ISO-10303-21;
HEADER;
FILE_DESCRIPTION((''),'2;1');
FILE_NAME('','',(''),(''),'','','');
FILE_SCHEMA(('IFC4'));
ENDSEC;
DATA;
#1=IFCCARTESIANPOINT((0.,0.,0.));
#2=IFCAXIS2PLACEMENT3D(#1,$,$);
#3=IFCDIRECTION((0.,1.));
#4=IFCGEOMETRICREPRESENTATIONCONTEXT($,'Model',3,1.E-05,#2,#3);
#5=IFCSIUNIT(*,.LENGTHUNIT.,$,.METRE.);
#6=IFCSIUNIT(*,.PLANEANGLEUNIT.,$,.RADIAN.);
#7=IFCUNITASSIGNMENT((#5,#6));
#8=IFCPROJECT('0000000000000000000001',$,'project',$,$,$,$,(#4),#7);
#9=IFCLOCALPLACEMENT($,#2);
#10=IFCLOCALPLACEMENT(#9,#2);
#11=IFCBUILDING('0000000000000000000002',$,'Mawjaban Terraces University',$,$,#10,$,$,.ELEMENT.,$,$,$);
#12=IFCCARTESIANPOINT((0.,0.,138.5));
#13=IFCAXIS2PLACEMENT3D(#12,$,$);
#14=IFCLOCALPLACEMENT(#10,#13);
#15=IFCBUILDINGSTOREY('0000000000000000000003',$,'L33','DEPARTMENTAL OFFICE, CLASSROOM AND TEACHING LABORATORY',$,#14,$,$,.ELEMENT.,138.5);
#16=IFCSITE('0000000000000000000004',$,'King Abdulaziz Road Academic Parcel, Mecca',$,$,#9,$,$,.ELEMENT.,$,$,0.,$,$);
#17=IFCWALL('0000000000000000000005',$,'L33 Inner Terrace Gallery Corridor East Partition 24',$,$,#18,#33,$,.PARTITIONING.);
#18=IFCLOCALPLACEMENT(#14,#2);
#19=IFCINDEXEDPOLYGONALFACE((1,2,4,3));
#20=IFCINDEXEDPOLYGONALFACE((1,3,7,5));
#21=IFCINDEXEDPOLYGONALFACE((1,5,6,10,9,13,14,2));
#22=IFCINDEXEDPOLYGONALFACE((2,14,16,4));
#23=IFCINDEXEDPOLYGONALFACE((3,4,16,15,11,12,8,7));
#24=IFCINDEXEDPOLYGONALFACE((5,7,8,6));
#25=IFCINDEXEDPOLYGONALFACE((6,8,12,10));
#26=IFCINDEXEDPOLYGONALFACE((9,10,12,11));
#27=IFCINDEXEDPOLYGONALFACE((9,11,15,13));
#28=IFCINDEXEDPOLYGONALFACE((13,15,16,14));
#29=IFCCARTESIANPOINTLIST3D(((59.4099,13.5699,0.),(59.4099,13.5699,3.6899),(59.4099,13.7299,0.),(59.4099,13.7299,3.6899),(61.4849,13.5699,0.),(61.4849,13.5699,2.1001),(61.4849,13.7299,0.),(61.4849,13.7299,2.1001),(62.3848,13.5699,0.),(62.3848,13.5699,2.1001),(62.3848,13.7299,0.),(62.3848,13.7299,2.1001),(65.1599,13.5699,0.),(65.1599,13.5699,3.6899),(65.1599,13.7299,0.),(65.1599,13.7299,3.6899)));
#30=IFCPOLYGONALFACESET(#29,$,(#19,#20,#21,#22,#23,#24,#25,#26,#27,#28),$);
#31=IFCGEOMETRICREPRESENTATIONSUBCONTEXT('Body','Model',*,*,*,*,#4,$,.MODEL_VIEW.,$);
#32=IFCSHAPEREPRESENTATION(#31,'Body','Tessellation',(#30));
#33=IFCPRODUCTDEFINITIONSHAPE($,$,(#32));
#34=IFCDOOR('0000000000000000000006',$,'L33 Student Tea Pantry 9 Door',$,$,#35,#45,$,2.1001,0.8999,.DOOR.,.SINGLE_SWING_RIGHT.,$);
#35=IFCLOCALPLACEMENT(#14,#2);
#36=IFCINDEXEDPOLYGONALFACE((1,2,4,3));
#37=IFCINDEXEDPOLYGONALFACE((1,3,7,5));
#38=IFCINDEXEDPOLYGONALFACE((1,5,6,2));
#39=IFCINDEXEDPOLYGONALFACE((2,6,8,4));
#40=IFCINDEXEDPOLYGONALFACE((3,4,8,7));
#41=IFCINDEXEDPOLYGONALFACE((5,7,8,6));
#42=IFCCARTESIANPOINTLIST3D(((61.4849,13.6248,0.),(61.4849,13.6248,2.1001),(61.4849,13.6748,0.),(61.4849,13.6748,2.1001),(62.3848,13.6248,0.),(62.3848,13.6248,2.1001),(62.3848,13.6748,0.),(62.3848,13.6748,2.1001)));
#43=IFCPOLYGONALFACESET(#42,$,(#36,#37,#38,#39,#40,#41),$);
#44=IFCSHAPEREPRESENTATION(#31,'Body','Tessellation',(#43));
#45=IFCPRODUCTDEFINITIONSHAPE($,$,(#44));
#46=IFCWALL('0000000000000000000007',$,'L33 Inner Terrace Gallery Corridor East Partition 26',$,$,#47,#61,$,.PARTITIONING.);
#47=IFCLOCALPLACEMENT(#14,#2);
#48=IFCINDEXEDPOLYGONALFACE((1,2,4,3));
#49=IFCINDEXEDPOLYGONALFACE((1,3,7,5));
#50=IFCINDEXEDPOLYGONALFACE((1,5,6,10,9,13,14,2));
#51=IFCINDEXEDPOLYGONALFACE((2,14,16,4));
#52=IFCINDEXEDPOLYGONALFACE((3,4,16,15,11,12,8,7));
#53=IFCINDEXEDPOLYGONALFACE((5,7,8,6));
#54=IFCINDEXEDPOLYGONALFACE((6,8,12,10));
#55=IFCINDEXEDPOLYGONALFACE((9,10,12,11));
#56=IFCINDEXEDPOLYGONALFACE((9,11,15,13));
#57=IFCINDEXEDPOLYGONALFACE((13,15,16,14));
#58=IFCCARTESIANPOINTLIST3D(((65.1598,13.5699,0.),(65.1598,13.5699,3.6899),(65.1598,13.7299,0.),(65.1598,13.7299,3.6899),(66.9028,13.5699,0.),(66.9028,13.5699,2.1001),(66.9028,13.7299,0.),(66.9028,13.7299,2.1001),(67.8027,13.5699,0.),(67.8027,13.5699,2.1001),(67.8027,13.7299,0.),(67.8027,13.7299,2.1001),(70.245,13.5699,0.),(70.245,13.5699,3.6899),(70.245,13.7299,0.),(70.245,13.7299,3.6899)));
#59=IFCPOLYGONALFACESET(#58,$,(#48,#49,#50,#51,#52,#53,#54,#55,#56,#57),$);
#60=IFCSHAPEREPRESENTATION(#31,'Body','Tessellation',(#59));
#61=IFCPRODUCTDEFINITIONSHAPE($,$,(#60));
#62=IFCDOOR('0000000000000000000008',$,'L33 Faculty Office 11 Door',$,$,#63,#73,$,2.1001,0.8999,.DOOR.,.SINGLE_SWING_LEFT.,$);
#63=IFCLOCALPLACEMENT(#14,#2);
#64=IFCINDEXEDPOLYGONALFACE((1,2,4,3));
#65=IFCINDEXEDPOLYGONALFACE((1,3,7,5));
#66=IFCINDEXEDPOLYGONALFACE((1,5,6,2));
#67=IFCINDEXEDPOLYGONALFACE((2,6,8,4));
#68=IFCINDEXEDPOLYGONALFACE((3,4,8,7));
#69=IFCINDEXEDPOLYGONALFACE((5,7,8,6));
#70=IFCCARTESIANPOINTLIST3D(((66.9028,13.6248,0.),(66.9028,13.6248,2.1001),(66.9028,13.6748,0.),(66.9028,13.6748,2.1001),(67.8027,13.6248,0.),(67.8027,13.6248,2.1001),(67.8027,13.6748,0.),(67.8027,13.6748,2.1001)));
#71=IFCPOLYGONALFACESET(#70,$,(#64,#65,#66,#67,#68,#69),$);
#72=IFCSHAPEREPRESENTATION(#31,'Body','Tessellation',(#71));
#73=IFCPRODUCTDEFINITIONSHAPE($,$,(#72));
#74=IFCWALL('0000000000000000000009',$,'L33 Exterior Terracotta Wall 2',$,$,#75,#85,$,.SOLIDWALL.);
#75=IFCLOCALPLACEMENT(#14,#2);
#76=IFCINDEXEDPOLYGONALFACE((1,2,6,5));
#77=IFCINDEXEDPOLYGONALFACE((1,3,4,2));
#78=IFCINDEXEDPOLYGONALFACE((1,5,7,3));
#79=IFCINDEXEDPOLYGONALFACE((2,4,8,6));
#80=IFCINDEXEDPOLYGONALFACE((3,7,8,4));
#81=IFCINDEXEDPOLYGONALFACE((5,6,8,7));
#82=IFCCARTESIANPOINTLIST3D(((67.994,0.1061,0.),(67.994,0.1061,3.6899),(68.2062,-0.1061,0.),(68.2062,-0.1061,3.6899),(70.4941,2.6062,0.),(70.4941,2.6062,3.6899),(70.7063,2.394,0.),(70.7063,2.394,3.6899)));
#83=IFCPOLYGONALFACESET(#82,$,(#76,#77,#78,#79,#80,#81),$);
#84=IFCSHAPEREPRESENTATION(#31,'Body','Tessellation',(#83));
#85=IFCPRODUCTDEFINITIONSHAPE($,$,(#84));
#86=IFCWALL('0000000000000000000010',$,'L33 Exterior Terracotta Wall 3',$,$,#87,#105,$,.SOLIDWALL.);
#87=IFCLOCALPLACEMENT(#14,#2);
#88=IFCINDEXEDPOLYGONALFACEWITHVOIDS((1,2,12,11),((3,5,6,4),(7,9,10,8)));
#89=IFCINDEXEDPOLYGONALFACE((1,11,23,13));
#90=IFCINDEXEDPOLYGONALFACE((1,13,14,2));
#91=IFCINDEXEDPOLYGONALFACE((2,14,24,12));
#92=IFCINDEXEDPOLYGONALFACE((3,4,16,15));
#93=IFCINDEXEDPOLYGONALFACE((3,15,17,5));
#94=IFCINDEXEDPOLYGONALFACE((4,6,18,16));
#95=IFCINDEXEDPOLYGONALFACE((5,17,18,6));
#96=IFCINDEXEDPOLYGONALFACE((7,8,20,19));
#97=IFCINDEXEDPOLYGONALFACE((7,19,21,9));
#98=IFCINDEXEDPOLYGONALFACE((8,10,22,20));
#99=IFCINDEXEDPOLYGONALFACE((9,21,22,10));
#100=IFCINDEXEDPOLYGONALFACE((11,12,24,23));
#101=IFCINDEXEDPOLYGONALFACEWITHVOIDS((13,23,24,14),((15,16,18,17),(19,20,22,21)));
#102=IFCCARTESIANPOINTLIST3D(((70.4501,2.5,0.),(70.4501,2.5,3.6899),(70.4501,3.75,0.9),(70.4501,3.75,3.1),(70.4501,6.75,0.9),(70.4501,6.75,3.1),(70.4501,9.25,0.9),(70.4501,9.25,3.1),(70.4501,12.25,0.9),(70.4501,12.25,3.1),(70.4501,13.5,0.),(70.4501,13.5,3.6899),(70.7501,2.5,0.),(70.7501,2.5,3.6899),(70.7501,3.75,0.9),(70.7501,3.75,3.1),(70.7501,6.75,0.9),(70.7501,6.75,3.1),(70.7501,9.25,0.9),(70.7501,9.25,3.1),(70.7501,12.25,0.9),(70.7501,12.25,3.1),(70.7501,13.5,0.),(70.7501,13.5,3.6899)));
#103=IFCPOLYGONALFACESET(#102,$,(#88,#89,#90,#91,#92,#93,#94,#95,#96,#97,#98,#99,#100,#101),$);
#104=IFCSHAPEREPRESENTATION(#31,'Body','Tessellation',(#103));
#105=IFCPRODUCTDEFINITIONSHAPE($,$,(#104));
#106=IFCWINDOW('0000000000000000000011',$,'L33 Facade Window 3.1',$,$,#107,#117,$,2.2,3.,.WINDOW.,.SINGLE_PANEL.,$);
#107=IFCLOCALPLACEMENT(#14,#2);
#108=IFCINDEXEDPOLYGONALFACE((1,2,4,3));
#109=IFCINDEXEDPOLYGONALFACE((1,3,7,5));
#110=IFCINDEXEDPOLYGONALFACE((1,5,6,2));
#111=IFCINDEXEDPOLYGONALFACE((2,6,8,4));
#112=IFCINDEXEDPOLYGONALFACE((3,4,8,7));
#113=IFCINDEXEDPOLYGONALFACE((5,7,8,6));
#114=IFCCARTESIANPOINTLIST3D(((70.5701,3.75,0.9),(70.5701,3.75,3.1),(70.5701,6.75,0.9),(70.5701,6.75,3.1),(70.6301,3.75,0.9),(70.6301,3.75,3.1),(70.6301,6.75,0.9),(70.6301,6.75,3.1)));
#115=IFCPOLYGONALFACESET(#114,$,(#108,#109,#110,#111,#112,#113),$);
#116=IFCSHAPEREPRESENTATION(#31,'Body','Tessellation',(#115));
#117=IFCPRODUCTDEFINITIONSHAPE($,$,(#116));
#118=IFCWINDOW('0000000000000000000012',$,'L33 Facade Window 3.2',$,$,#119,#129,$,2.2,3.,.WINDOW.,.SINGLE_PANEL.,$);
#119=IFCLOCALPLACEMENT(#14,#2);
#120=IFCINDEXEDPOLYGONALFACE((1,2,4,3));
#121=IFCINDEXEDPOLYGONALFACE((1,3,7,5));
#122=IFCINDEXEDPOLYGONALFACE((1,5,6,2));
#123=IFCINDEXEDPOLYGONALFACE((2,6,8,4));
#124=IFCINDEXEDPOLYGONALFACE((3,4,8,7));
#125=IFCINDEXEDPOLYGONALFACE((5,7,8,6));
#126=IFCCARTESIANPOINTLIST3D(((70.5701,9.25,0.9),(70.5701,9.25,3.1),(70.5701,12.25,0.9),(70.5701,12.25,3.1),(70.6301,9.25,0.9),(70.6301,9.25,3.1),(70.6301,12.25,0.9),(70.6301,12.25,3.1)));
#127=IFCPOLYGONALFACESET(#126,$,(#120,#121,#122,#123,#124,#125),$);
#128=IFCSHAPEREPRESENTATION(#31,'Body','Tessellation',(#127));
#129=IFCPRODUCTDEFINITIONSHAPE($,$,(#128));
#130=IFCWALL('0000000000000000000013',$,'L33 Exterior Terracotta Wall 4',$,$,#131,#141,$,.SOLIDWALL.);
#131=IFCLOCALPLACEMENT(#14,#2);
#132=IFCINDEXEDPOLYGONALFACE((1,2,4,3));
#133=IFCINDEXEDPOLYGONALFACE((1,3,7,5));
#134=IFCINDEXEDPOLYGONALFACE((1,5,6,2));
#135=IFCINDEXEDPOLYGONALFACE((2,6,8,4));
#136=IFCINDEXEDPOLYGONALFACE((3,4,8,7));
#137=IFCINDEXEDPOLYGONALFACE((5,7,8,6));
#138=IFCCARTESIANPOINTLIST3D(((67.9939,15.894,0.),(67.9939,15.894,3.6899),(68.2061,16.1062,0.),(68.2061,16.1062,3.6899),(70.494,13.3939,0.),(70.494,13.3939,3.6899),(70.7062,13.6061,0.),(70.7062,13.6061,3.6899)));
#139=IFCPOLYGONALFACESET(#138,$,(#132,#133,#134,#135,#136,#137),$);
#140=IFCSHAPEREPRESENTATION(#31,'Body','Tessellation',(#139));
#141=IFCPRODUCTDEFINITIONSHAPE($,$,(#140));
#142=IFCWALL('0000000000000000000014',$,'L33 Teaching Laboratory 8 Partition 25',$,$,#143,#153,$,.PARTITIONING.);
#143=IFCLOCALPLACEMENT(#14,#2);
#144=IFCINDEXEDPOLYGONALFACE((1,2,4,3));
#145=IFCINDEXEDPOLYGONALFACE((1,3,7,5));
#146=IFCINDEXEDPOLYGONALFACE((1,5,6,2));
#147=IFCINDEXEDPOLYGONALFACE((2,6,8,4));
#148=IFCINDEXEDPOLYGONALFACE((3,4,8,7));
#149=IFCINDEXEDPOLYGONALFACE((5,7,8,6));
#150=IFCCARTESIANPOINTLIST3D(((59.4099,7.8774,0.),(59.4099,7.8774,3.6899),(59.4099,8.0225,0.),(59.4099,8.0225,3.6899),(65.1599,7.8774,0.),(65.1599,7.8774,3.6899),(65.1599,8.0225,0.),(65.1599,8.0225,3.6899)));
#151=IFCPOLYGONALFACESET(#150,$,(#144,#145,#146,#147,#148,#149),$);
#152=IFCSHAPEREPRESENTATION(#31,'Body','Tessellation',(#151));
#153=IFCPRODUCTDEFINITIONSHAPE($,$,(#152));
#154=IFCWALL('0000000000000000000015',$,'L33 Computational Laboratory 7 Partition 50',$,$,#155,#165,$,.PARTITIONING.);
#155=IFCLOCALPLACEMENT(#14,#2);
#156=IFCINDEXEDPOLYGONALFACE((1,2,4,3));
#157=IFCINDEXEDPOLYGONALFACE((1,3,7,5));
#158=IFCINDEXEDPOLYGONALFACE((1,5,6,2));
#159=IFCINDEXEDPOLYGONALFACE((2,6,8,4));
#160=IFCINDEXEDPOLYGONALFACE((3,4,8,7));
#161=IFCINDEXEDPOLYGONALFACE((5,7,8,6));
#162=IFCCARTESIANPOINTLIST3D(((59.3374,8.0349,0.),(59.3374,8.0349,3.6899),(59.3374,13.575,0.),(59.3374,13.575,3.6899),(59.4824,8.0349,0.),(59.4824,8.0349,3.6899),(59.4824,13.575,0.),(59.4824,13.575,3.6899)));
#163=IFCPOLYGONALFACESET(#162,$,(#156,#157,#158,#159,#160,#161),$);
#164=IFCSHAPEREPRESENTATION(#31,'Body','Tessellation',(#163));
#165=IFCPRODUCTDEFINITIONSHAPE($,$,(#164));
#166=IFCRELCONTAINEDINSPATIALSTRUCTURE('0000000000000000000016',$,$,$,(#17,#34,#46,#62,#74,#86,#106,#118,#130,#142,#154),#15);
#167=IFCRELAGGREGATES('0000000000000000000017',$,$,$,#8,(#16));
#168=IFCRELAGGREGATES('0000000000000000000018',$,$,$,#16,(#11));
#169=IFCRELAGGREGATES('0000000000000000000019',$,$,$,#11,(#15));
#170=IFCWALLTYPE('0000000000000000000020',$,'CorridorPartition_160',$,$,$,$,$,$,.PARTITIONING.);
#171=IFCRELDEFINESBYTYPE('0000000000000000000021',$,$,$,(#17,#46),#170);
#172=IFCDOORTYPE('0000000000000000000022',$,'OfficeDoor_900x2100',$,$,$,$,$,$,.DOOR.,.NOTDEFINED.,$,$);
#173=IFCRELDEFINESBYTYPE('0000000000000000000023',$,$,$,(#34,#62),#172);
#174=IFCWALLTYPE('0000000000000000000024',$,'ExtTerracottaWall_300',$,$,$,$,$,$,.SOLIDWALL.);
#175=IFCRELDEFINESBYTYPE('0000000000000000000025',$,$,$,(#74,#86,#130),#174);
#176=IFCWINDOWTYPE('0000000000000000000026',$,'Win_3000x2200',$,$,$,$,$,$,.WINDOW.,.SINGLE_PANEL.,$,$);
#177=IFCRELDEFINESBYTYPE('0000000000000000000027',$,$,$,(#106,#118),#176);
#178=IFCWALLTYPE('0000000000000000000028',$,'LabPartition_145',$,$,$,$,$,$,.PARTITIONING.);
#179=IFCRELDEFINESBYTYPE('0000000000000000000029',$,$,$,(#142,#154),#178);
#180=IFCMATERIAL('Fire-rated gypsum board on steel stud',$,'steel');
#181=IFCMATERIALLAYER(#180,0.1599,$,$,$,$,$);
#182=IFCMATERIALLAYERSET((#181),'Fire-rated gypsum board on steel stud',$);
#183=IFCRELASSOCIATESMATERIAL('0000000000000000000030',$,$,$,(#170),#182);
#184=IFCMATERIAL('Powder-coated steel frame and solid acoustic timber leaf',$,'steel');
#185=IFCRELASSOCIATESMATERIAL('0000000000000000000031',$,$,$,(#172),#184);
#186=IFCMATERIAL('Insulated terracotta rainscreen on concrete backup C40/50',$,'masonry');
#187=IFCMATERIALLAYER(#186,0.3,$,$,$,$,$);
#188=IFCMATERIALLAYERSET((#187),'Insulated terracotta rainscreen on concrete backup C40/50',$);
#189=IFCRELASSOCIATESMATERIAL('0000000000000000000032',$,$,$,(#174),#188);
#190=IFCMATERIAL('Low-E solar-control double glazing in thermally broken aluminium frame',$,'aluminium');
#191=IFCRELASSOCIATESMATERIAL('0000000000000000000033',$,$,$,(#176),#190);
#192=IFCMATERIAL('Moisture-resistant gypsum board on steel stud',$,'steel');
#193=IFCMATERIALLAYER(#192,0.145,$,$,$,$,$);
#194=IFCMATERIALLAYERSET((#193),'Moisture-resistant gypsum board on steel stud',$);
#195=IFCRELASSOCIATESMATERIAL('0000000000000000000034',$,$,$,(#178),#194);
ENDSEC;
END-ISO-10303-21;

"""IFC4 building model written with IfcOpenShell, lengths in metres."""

from ifc_helpers import new_model, si_unit, direction, frame, frame_2d, origin, place, context, subcontext, project, spatial, rectangle, extrude, material, layer, layer_set, type_object, element, fill, save


model = new_model("IFC4")

# Units and contexts
model_context = context("Model", 3, precision=1e-05, world=origin(), true_north=direction((0.0, 1.0)))
body_context = subcontext(model_context, "Body", "Model", "MODEL_VIEW")
ifc_project = project(units=[si_unit("LENGTHUNIT", "METRE"), si_unit("PLANEANGLEUNIT", "RADIAN")], contexts=[model_context])

# Site, building, storey
site_placement = place(None, origin())
site = spatial("IfcSite", under=ifc_project, at=site_placement, Name="King Abdulaziz Road Academic Parcel, Mecca", CompositionType="ELEMENT", RefElevation=0.0)
building_placement = place(site_placement, origin())
building = spatial("IfcBuilding", under=site, at=building_placement, Name="Mawjaban Terraces University", CompositionType="ELEMENT")
storey_placement = place(building_placement, frame((0.0, 0.0, 138.5)))
storey = spatial("IfcBuildingStorey", under=building, at=storey_placement, Name="L33", Description="DEPARTMENTAL OFFICE, CLASSROOM AND TEACHING LABORATORY", CompositionType="ELEMENT", Elevation=138.5)

# Walls, openings, doors
ifc_material_1 = material(Name="Powder-coated steel frame and solid acoustic timber leaf", Category="steel")
ifc_material_2 = material(Name="Fire-rated gypsum board on steel stud", Category="steel")
ifc_layer_1 = layer(ifc_material_2, 0.1599)
ifc_layer_set_1 = layer_set([ifc_layer_1], Name="Fire-rated gypsum board on steel stud")
wall_type_1 = type_object("IfcWallType", Name="CorridorPartition_160", PredefinedType="PARTITIONING", material=ifc_layer_set_1)
wall_1_placement = place(storey_placement, frame((59.4099, 13.6499, 0.0), z_axis=(0.0, 0.0, 1.0), x_axis=(1.0, 0.0, 0.0)))
wall_1 = element("IfcWall", 1, at=wall_1_placement, inside=storey, type_object=wall_type_1, Name="L33 Inner Terrace Gallery Corridor East Partition 24", PredefinedType="PARTITIONING", context=body_context, shape_type="SweptSolid", body=[
    extrude(rectangle(XDim=5.75, YDim=0.1599, at=frame_2d((2.875, 0.0))), origin(), (0.0, 0.0, 1.0), 3.6899),
])
opening_1_placement = place(wall_1_placement, frame((2.075, 0.0, 0.0)))
opening_1 = element("IfcOpeningElement", 2, at=opening_1_placement, cuts=wall_1, PredefinedType="OPENING", context=body_context, shape_type="SweptSolid", body=[
    extrude(rectangle(XDim=0.8999, YDim=2.1001, at=frame_2d((0.45, 1.05))), frame((0.0, 0.0898, 0.0), z_axis=(0.0, -1.0, 0.0), x_axis=(1.0, 0.0, 0.0)), (0.0, 0.0, 1.0), 0.1799),
])
door_type_1 = type_object("IfcDoorType", Name="OfficeDoor_900x2100", OperationType="NOTDEFINED", PredefinedType="DOOR", material=ifc_material_1)
door_1_placement = place(opening_1_placement, origin())
door_1 = element("IfcDoor", 3, at=door_1_placement, inside=storey, type_object=door_type_1, Name="L33 Student Tea Pantry 9 Door", OperationType="SINGLE_SWING_RIGHT", OverallHeight=2.1001, OverallWidth=0.8999, PredefinedType="DOOR", context=body_context, shape_type="SweptSolid", body=[
    extrude(rectangle(XDim=0.8999, YDim=2.1001, at=frame_2d((0.45, 1.05))), frame((0.0, 0.0249, 0.0), z_axis=(0.0, -1.0, 0.0), x_axis=(1.0, 0.0, 0.0)), (0.0, 0.0, 1.0), 0.05),
])
fill(opening_1, door_1)
wall_2_placement = place(storey_placement, frame((65.1599, 13.6499, 0.0), z_axis=(0.0, 0.0, 1.0), x_axis=(1.0, 0.0, 0.0)))
wall_2 = element("IfcWall", 4, at=wall_2_placement, inside=storey, type_object=wall_type_1, Name="L33 Inner Terrace Gallery Corridor East Partition 26", PredefinedType="PARTITIONING", context=body_context, shape_type="SweptSolid", body=[
    extrude(rectangle(XDim=5.0852, YDim=0.1599, at=frame_2d((2.5425, 0.0))), origin(), (0.0, 0.0, 1.0), 3.6899),
])
opening_2_placement = place(wall_2_placement, frame((1.7429, 0.0, 0.0)))
opening_2 = element("IfcOpeningElement", 5, at=opening_2_placement, cuts=wall_2, PredefinedType="OPENING", context=body_context, shape_type="SweptSolid", body=[
    extrude(rectangle(XDim=0.8999, YDim=2.1001, at=frame_2d((0.45, 1.05))), frame((0.0, 0.0898, 0.0), z_axis=(0.0, -1.0, 0.0), x_axis=(1.0, 0.0, 0.0)), (0.0, 0.0, 1.0), 0.1799),
])
door_2_placement = place(opening_2_placement, origin())
door_2 = element("IfcDoor", 6, at=door_2_placement, inside=storey, type_object=door_type_1, Name="L33 Faculty Office 11 Door", OperationType="SINGLE_SWING_LEFT", OverallHeight=2.1001, OverallWidth=0.8999, PredefinedType="DOOR", context=body_context, shape_type="SweptSolid", body=[
    extrude(rectangle(XDim=0.8999, YDim=2.1001, at=frame_2d((0.45, 1.05))), frame((0.0, 0.0249, 0.0), z_axis=(0.0, -1.0, 0.0), x_axis=(1.0, 0.0, 0.0)), (0.0, 0.0, 1.0), 0.05),
])
fill(opening_2, door_2)

# Wall
ifc_material_3 = material(Name="Insulated terracotta rainscreen on concrete backup C40/50", Category="masonry")
ifc_layer_2 = layer(ifc_material_3, 0.3)
ifc_layer_set_2 = layer_set([ifc_layer_2], Name="Insulated terracotta rainscreen on concrete backup C40/50")
wall_type_2 = type_object("IfcWallType", Name="ExtTerracottaWall_300", PredefinedType="SOLIDWALL", material=ifc_layer_set_2)
wall_3_placement = place(storey_placement, frame((68.1001, 0.0, 0.0), z_axis=(0.0, 0.0, 1.0), x_axis=(0.707107, 0.707107, 0.0)))
element("IfcWall", 7, at=wall_3_placement, inside=storey, type_object=wall_type_2, Name="L33 Exterior Terracotta Wall 2", PredefinedType="SOLIDWALL", context=body_context, shape_type="SweptSolid", body=[
    extrude(rectangle(XDim=3.5356, YDim=0.3, at=frame_2d((1.7678, 0.0))), origin(), (0.0, 0.0, 1.0), 3.6899),
])

# Wall, openings, windows
wall_4_placement = place(storey_placement, frame((70.6001, 2.5, 0.0), z_axis=(0.0, 0.0, 1.0), x_axis=(0.0, 1.0, 0.0)))
wall_4 = element("IfcWall", 8, at=wall_4_placement, inside=storey, type_object=wall_type_2, Name="L33 Exterior Terracotta Wall 3", PredefinedType="SOLIDWALL", context=body_context, shape_type="SweptSolid", body=[
    extrude(rectangle(XDim=11.0, YDim=0.3, at=frame_2d((5.5, 0.0))), origin(), (0.0, 0.0, 1.0), 3.6899),
])
opening_3_placement = place(wall_4_placement, frame((1.25, 0.0, 0.8999)))
opening_3 = element("IfcOpeningElement", 9, at=opening_3_placement, cuts=wall_4, PredefinedType="OPENING", context=body_context, shape_type="SweptSolid", body=[
    extrude(rectangle(XDim=3.0, YDim=2.2, at=frame_2d((1.5, 1.1001))), frame((0.0, 0.1599, 0.0), z_axis=(0.0, -1.0, 0.0), x_axis=(1.0, 0.0, 0.0)), (0.0, 0.0, 1.0), 0.3201),
])
opening_4_placement = place(wall_4_placement, frame((6.75, 0.0, 0.8999)))
opening_4 = element("IfcOpeningElement", 10, at=opening_4_placement, cuts=wall_4, PredefinedType="OPENING", context=body_context, shape_type="SweptSolid", body=[
    extrude(rectangle(XDim=3.0, YDim=2.2, at=frame_2d((1.5, 1.1001))), frame((0.0, 0.1599, 0.0), z_axis=(0.0, -1.0, 0.0), x_axis=(1.0, 0.0, 0.0)), (0.0, 0.0, 1.0), 0.3201),
])
ifc_material_4 = material(Name="Low-E solar-control double glazing in thermally broken aluminium frame", Category="aluminium")
window_type = type_object("IfcWindowType", Name="Win_3000x2200", PartitioningType="SINGLE_PANEL", PredefinedType="WINDOW", material=ifc_material_4)
window_1_placement = place(opening_3_placement, origin())
window_1 = element("IfcWindow", 11, at=window_1_placement, inside=storey, type_object=window_type, Name="L33 Facade Window 3.1", OverallHeight=2.2, OverallWidth=3.0, PartitioningType="SINGLE_PANEL", PredefinedType="WINDOW", context=body_context, shape_type="SweptSolid", body=[
    extrude(rectangle(XDim=3.0, YDim=2.2, at=frame_2d((1.5, 1.1001))), frame((0.0, 0.03, 0.0), z_axis=(0.0, -1.0, 0.0), x_axis=(1.0, 0.0, 0.0)), (0.0, 0.0, 1.0), 0.0601),
])
fill(opening_3, window_1)
window_2_placement = place(opening_4_placement, origin())
window_2 = element("IfcWindow", 12, at=window_2_placement, inside=storey, type_object=window_type, Name="L33 Facade Window 3.2", OverallHeight=2.2, OverallWidth=3.0, PartitioningType="SINGLE_PANEL", PredefinedType="WINDOW", context=body_context, shape_type="SweptSolid", body=[
    extrude(rectangle(XDim=3.0, YDim=2.2, at=frame_2d((1.5, 1.1001))), frame((0.0, 0.03, 0.0), z_axis=(0.0, -1.0, 0.0), x_axis=(1.0, 0.0, 0.0)), (0.0, 0.0, 1.0), 0.0601),
])
fill(opening_4, window_2)

# Walls
wall_5_placement = place(storey_placement, frame((70.6001, 13.5, 0.0), z_axis=(0.0, 0.0, 1.0), x_axis=(-0.707107, 0.707107, 0.0)))
element("IfcWall", 13, at=wall_5_placement, inside=storey, type_object=wall_type_2, Name="L33 Exterior Terracotta Wall 4", PredefinedType="SOLIDWALL", context=body_context, shape_type="SweptSolid", body=[
    extrude(rectangle(XDim=3.5356, YDim=0.3, at=frame_2d((1.7678, 0.0))), origin(), (0.0, 0.0, 1.0), 3.6899),
])
ifc_material_5 = material(Name="Moisture-resistant gypsum board on steel stud", Category="steel")
ifc_layer_3 = layer(ifc_material_5, 0.145)
ifc_layer_set_3 = layer_set([ifc_layer_3], Name="Moisture-resistant gypsum board on steel stud")
wall_type_3 = type_object("IfcWallType", Name="LabPartition_145", PredefinedType="PARTITIONING", material=ifc_layer_set_3)
wall_6_placement = place(storey_placement, frame((65.1599, 7.95, 0.0), z_axis=(0.0, 0.0, 1.0), x_axis=(-1.0, 0.0, 0.0)))
element("IfcWall", 14, at=wall_6_placement, inside=storey, type_object=wall_type_3, Name="L33 Teaching Laboratory 8 Partition 25", PredefinedType="PARTITIONING", context=body_context, shape_type="SweptSolid", body=[
    extrude(rectangle(XDim=5.75, YDim=0.145, at=frame_2d((2.875, 0.0))), origin(), (0.0, 0.0, 1.0), 3.6899),
])
wall_7_placement = place(storey_placement, frame((59.4099, 8.0349, 0.0), z_axis=(0.0, 0.0, 1.0), x_axis=(0.0, 1.0, 0.0)))
element("IfcWall", 15, at=wall_7_placement, inside=storey, type_object=wall_type_3, Name="L33 Computational Laboratory 7 Partition 50", PredefinedType="PARTITIONING", context=body_context, shape_type="SweptSolid", body=[
    extrude(rectangle(XDim=5.54, YDim=0.145, at=frame_2d((2.77, 0.0))), origin(), (0.0, 0.0, 1.0), 3.6899),
])

save(model, "model.ifc")
